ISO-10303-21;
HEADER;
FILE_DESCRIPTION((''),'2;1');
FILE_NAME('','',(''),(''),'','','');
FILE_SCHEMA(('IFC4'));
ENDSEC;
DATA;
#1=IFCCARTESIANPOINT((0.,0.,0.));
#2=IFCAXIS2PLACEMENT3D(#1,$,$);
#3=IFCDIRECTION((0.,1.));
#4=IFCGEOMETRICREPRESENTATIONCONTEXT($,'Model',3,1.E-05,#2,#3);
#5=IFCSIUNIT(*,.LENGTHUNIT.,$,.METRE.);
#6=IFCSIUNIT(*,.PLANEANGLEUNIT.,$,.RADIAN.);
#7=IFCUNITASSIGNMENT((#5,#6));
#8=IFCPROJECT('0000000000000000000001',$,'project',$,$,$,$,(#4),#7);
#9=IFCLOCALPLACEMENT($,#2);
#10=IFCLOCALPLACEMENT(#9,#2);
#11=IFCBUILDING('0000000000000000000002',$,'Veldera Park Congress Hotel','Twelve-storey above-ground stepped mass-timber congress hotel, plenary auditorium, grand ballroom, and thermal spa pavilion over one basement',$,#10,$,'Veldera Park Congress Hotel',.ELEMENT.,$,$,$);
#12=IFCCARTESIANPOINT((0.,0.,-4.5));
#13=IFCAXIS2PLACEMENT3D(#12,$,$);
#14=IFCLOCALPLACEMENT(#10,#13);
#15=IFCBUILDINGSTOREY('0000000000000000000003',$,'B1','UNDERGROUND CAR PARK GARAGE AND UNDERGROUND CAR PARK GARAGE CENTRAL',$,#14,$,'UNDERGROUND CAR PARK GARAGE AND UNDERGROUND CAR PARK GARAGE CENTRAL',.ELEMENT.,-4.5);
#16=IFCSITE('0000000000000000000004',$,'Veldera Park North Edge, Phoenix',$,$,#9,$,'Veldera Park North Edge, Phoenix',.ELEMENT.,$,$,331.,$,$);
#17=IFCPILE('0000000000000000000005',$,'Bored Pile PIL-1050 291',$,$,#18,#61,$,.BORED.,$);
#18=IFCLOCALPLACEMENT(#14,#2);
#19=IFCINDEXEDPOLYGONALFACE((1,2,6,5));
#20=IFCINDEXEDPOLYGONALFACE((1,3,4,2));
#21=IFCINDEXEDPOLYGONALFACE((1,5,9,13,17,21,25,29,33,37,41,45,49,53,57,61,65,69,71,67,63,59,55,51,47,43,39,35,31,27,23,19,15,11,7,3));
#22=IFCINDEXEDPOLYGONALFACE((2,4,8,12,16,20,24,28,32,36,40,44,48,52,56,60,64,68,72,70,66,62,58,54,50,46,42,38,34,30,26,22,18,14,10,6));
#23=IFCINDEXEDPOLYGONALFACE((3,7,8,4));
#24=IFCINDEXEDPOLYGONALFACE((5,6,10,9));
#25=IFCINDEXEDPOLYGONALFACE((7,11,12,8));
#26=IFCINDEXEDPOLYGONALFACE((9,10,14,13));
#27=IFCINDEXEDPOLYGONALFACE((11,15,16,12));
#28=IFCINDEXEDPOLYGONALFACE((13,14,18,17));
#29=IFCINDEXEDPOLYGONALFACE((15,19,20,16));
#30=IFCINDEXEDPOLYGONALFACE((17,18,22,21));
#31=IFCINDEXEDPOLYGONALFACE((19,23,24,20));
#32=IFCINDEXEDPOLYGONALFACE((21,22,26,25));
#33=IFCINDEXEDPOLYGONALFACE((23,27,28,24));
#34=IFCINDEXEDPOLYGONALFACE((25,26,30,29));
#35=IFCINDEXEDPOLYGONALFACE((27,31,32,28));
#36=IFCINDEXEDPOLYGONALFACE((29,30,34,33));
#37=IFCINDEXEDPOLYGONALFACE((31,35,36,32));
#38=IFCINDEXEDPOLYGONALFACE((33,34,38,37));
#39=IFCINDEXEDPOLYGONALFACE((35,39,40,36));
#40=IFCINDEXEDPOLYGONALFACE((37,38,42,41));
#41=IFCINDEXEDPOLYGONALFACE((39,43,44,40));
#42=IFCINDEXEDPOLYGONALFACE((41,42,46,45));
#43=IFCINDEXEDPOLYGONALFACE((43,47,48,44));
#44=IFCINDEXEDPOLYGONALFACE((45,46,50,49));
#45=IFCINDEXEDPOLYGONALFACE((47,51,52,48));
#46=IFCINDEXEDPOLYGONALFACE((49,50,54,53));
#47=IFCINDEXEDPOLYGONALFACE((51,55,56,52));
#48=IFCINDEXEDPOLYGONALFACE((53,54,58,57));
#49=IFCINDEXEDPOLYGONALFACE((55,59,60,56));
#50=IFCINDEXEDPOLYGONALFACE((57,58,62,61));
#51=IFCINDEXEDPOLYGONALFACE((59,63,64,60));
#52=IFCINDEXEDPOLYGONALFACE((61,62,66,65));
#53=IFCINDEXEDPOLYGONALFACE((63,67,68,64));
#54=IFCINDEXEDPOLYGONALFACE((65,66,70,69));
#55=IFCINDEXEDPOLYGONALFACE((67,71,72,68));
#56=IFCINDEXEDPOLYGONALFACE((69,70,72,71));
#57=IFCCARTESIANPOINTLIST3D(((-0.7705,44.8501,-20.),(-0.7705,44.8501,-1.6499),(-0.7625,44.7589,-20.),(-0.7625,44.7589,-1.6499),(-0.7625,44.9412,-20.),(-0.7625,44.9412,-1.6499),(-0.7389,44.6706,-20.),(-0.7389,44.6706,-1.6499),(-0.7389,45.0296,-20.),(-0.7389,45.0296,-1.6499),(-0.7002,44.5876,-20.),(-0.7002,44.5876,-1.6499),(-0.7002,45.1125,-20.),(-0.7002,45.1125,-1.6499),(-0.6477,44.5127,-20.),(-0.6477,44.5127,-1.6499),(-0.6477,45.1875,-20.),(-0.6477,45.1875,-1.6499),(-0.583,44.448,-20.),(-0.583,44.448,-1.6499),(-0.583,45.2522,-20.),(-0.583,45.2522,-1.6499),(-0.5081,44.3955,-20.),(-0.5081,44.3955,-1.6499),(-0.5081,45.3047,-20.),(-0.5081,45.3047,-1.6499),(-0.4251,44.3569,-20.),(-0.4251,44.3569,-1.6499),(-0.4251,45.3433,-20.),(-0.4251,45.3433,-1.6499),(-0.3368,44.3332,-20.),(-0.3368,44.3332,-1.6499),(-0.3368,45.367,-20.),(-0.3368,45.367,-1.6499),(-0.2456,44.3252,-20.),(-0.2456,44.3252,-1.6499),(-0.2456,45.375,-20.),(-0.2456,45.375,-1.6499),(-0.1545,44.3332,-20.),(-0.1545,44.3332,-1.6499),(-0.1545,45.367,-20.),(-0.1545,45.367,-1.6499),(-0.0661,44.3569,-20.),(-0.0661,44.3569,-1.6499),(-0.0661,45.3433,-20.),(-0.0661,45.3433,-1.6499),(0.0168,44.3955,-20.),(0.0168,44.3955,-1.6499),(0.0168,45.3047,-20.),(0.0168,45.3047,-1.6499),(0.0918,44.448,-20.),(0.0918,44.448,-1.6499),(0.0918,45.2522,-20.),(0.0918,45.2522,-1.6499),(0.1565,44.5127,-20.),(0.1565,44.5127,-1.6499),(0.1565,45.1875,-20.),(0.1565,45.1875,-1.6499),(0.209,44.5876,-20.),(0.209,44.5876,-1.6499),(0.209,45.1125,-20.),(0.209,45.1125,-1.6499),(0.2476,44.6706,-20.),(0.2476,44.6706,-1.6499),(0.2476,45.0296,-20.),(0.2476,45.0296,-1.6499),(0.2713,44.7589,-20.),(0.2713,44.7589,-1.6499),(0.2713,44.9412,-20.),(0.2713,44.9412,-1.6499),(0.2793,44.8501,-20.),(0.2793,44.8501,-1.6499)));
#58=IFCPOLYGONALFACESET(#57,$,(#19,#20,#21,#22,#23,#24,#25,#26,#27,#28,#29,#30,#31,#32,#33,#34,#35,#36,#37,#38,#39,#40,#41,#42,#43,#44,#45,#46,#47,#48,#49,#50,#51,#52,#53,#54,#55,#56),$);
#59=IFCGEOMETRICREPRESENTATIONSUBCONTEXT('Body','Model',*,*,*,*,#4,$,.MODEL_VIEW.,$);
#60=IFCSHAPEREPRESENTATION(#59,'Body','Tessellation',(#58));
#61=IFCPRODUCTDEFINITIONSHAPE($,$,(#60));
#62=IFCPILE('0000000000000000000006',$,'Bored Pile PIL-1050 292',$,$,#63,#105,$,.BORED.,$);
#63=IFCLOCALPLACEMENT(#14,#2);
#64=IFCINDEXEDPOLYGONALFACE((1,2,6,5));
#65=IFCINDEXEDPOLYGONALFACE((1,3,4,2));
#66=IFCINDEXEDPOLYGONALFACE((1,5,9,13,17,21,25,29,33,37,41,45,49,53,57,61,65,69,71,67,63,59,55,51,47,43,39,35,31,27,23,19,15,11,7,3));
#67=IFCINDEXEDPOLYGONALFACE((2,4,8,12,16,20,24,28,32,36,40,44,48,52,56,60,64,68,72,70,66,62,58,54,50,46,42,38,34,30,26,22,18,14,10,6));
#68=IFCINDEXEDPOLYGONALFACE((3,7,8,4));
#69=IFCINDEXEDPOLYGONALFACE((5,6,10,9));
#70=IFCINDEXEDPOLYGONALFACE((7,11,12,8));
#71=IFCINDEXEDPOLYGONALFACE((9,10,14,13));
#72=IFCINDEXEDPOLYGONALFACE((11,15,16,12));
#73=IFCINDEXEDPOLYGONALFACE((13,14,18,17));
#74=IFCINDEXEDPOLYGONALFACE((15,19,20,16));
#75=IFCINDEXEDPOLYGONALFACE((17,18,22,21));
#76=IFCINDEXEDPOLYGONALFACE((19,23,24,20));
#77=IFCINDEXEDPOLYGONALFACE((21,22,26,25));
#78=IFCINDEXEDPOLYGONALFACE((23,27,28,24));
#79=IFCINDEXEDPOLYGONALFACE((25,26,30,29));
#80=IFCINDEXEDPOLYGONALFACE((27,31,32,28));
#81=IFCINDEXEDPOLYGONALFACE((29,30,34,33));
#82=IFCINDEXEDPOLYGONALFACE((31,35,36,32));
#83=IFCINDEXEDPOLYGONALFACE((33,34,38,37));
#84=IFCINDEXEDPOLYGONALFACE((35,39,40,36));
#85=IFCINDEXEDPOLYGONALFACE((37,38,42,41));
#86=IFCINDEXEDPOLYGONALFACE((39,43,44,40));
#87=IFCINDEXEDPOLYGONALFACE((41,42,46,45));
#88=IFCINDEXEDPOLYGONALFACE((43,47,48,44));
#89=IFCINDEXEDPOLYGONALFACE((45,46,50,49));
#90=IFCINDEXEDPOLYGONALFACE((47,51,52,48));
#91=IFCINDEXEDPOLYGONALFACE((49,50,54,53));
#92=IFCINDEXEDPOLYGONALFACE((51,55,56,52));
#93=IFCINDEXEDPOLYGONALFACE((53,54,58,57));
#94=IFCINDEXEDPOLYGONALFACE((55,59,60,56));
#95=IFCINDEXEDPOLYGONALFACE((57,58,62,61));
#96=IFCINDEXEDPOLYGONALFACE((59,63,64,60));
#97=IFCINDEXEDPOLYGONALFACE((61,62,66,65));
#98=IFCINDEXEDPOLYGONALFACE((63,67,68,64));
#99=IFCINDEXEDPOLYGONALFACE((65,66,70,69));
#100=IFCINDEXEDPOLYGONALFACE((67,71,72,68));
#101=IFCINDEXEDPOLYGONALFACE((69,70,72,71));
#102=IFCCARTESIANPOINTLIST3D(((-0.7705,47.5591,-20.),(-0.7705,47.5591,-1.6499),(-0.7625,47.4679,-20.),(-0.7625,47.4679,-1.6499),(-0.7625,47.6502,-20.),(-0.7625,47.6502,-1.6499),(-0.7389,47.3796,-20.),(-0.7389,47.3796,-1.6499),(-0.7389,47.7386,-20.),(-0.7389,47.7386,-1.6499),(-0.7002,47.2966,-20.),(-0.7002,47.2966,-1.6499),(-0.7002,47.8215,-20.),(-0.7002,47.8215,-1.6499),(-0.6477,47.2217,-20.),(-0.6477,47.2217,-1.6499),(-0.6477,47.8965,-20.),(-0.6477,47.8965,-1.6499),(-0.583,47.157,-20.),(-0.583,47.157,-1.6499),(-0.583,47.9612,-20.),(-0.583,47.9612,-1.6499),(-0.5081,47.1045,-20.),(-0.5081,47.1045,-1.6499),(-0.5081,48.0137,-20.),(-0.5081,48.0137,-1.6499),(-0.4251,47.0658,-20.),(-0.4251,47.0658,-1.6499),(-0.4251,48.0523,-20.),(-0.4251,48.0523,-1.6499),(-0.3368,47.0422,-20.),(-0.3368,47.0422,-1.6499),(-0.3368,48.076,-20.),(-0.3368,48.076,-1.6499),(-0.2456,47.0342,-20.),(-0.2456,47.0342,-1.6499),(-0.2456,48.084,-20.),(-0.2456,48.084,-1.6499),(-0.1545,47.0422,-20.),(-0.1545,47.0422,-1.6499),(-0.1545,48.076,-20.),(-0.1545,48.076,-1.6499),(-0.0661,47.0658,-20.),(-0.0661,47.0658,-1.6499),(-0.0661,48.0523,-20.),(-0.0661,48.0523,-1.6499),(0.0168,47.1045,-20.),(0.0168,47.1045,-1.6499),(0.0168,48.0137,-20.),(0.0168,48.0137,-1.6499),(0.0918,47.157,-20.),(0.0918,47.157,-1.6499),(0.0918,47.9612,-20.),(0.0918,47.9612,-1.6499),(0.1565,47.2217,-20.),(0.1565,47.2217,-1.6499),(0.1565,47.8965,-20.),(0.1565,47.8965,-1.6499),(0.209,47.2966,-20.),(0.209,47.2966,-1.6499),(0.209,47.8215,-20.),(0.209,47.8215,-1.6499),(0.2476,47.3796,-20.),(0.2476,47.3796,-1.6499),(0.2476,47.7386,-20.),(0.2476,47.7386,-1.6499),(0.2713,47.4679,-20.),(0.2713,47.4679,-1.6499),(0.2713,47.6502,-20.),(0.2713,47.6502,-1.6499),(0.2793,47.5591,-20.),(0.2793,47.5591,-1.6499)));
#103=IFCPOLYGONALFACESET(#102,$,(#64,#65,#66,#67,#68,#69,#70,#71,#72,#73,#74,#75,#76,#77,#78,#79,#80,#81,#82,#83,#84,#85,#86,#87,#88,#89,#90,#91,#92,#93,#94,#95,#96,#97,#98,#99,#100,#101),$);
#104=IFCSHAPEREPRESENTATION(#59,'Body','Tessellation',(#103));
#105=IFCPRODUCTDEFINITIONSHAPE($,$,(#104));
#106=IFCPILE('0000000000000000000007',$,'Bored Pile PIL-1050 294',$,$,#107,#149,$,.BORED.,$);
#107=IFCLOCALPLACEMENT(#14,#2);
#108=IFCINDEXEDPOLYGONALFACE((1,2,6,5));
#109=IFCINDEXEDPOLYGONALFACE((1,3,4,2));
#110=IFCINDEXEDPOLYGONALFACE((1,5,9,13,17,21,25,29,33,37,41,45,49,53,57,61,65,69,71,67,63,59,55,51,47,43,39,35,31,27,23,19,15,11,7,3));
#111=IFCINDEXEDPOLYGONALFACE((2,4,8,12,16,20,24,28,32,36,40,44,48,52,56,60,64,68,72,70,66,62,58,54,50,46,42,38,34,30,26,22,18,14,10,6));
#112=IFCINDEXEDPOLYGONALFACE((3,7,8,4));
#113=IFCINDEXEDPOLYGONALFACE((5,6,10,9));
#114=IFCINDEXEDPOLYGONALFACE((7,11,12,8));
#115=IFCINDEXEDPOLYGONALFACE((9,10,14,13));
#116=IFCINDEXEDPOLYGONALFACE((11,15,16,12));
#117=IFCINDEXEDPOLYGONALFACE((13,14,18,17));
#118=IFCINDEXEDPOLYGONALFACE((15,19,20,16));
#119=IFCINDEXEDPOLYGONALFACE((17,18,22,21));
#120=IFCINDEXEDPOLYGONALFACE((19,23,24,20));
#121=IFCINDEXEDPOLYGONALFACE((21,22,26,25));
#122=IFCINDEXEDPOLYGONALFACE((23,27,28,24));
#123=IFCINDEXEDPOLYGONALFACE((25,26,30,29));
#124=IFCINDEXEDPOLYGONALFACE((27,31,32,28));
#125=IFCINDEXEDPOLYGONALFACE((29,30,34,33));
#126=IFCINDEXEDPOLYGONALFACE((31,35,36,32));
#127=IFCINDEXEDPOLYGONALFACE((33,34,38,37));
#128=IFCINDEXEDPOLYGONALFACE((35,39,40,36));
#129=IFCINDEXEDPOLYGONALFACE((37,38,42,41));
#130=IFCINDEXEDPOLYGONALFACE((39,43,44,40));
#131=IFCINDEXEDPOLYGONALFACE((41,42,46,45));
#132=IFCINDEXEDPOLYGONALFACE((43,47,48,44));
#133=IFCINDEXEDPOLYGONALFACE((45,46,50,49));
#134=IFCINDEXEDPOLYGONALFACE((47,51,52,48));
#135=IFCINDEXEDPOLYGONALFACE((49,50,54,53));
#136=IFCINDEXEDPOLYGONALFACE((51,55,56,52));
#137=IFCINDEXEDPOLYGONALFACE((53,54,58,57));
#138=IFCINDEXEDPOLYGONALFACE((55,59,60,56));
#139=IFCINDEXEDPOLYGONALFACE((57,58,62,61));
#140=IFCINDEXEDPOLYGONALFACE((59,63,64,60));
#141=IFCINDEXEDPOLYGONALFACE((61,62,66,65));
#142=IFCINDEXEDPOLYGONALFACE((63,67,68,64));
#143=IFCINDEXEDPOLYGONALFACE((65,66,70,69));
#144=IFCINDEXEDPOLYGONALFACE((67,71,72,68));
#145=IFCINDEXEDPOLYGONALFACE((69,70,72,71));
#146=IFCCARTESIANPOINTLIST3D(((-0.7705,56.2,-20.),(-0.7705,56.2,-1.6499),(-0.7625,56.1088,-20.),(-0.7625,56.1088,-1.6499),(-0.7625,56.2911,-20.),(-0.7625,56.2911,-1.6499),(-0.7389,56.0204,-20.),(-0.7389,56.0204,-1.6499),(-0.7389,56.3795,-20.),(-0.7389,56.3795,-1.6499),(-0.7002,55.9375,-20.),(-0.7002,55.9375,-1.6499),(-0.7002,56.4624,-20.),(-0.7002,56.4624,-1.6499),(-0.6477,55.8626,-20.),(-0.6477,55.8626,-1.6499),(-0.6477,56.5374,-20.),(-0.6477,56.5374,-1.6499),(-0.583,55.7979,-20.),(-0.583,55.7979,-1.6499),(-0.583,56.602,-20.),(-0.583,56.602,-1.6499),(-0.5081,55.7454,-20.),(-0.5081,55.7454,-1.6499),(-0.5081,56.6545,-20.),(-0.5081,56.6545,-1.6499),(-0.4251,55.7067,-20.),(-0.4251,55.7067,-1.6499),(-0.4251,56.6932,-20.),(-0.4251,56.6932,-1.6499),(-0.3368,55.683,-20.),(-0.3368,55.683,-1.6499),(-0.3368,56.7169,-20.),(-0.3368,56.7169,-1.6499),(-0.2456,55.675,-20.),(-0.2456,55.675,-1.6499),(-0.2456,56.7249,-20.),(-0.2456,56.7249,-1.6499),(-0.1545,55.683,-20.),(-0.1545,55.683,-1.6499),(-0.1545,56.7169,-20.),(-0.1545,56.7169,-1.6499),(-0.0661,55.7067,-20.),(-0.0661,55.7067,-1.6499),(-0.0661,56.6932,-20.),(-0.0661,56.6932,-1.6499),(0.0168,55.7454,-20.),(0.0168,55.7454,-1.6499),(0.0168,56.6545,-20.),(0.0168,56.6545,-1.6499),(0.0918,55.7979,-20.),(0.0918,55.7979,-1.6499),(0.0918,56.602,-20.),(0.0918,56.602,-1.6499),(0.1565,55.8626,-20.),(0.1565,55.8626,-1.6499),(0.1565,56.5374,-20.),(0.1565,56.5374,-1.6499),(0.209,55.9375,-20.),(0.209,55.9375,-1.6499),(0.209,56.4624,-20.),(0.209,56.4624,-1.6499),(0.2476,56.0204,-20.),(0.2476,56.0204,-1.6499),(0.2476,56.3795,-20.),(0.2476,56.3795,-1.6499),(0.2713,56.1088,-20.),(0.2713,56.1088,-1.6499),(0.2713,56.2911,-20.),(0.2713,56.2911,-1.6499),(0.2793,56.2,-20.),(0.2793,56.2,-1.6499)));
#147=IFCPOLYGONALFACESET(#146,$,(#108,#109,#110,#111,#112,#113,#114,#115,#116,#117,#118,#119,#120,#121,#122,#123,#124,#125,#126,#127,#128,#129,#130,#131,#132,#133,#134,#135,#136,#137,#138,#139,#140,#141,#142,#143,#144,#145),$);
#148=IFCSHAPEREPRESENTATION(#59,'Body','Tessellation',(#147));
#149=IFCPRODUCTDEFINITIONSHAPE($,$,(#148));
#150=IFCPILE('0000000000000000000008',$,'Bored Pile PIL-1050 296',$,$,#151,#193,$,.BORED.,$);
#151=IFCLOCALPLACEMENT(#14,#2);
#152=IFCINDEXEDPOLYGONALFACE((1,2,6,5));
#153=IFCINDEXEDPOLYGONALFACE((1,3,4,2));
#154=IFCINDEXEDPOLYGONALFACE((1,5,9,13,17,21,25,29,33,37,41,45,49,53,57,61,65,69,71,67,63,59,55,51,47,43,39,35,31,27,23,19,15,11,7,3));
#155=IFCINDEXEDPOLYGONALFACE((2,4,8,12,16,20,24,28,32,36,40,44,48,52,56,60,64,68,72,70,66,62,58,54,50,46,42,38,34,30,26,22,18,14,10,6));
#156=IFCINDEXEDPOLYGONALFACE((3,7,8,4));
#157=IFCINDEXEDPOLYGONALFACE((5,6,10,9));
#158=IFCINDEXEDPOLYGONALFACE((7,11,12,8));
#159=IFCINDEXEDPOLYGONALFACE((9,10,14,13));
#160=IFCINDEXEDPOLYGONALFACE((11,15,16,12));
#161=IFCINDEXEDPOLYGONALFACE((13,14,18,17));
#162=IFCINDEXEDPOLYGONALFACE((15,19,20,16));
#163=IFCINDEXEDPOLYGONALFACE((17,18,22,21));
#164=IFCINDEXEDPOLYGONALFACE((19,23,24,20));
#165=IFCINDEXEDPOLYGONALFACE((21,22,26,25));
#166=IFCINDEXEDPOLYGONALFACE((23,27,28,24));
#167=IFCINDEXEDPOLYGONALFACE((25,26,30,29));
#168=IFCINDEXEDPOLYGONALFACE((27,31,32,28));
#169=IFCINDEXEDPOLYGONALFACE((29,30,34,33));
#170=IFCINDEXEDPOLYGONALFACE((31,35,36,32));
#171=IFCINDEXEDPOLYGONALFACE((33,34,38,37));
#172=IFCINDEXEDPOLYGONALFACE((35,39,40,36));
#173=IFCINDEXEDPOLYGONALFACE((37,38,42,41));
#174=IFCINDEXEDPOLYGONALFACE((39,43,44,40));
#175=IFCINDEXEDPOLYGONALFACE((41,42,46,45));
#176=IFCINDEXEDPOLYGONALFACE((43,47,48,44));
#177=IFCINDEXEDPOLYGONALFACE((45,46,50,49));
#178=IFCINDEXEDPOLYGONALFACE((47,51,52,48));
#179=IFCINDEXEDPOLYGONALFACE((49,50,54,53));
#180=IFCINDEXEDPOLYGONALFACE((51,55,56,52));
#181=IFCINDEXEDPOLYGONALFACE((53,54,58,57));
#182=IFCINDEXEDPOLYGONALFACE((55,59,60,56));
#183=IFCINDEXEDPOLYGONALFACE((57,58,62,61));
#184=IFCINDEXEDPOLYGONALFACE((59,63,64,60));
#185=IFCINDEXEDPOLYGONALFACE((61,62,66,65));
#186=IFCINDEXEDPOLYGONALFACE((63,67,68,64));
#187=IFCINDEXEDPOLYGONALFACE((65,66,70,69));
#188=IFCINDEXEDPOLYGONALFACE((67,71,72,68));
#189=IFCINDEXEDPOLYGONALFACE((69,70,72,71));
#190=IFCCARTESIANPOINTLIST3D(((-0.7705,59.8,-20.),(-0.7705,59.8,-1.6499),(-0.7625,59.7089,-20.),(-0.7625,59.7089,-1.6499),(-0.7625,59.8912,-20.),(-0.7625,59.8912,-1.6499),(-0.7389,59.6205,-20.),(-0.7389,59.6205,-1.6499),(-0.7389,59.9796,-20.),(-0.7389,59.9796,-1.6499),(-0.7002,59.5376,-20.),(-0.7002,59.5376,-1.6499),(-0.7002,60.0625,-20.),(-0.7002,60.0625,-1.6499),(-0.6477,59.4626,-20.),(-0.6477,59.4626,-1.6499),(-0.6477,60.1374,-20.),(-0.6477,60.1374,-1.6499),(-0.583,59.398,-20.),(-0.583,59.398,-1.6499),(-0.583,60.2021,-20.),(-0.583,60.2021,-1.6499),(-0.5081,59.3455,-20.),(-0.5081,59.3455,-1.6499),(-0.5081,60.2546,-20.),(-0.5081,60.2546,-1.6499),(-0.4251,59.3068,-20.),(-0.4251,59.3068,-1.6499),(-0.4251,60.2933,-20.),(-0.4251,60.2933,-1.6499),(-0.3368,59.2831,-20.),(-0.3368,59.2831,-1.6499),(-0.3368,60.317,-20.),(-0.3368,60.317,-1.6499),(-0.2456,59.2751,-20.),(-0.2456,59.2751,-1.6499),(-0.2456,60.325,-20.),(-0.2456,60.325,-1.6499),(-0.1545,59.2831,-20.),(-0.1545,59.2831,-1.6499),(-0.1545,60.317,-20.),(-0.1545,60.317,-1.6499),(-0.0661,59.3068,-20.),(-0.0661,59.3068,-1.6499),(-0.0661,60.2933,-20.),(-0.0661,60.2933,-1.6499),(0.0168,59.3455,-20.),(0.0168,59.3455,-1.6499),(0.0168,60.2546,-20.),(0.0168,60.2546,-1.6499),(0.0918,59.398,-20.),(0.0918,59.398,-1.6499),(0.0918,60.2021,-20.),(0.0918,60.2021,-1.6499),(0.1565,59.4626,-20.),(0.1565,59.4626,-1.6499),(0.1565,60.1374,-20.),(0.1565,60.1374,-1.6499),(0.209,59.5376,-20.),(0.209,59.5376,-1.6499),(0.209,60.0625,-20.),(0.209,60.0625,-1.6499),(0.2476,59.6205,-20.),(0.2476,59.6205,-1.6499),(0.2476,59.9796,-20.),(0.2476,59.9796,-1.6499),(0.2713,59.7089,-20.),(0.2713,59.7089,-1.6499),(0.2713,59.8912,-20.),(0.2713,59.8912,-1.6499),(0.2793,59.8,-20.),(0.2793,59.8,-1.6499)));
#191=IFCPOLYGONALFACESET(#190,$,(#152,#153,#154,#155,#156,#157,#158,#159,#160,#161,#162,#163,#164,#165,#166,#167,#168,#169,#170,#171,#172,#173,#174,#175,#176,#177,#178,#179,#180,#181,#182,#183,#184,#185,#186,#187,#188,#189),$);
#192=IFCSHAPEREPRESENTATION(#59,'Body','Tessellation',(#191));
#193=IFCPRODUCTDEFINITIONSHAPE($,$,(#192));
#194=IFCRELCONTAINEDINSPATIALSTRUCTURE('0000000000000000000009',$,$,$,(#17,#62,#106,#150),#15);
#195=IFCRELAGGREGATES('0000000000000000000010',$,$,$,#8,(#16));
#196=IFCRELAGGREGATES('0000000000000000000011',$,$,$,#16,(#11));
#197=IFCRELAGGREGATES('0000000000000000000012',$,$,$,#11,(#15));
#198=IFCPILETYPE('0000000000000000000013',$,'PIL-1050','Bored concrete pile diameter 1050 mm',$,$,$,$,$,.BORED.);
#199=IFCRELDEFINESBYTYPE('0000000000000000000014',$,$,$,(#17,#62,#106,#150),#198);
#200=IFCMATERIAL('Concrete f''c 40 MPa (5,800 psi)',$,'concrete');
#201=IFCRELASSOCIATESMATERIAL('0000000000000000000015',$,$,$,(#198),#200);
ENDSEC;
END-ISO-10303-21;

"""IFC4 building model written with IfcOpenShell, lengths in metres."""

from ifc_helpers import new_model, si_unit, direction, frame, origin, origin_2d, place, context, subcontext, project, spatial, circle, extrude, material, material_profile, profile_set, type_object, element, save


model = new_model("IFC4")

# Units and contexts
model_context = context("Model", 3, precision=1e-05, world=origin(), true_north=direction((0.0, 1.0)))
body_context = subcontext(model_context, "Body", "Model", "MODEL_VIEW")
ifc_project = project(units=[si_unit("LENGTHUNIT", "METRE"), si_unit("PLANEANGLEUNIT", "RADIAN")], contexts=[model_context])

# Site, building, storey
site_placement = place(None, origin())
site = spatial("IfcSite", under=ifc_project, at=site_placement, Name="Veldera Park North Edge, Phoenix", LongName="Veldera Park North Edge, Phoenix", CompositionType="ELEMENT", RefElevation=331.0)
building_placement = place(site_placement, origin())
building = spatial("IfcBuilding", under=site, at=building_placement, Name="Veldera Park Congress Hotel", Description="Twelve-storey above-ground stepped mass-timber congress hotel, plenary auditorium, grand ballroom, and thermal spa pavilion over one basement", LongName="Veldera Park Congress Hotel", CompositionType="ELEMENT")
storey_placement = place(building_placement, frame((0.0, 0.0, -4.5)))
storey = spatial("IfcBuildingStorey", under=building, at=storey_placement, Name="B1", Description="UNDERGROUND CAR PARK GARAGE AND UNDERGROUND CAR PARK GARAGE CENTRAL", LongName="UNDERGROUND CAR PARK GARAGE AND UNDERGROUND CAR PARK GARAGE CENTRAL", CompositionType="ELEMENT", Elevation=-4.5)

# Shared definitions
ifc_material_1 = material(Name="Concrete f'c 40 MPa (5,800 psi)", Category="concrete")

# Piles
ifc_material_profile_1 = material_profile(ifc_material_1, circle(Radius=0.5249, at=origin_2d()), Name="PILE D1050")
ifc_profile_set_1 = profile_set([ifc_material_profile_1], Name="Concrete f'c 40 MPa (5,800 psi)")
pile_type = type_object("IfcPileType", Name="PIL-1050", Description="Bored concrete pile diameter 1050 mm", PredefinedType="BORED", material=ifc_profile_set_1)
for number, where, z_axis, x_axis, name in (
    (1, (-0.2456, 44.8501, -1.6499), (0.0, 0.0, -1.0), (1.0, 0.0, 0.0), "Bored Pile PIL-1050 291"),
    (2, (-0.2456, 47.5591, -1.6499), (0.0, 0.0, -1.0), (1.0, 0.0, 0.0), "Bored Pile PIL-1050 292"),
    (3, (-0.2456, 56.2, -1.6499), (0.0, 0.0, -1.0), (1.0, 0.0, 0.0), "Bored Pile PIL-1050 294"),
    (4, (-0.2456, 59.8, -1.6499), (0.0, 0.0, -1.0), (1.0, 0.0, 0.0), "Bored Pile PIL-1050 296"),
):
    element("IfcPile", number, at=place(storey_placement, frame(where, z_axis=z_axis, x_axis=x_axis)), inside=storey, type_object=pile_type, Name=name, PredefinedType="BORED", context=body_context, shape_type="SweptSolid", body=[
        extrude(circle(Radius=0.5249, at=origin_2d()), origin(), (0.0, 0.0, 1.0), 18.3501),
    ])

save(model, "model.ifc")
